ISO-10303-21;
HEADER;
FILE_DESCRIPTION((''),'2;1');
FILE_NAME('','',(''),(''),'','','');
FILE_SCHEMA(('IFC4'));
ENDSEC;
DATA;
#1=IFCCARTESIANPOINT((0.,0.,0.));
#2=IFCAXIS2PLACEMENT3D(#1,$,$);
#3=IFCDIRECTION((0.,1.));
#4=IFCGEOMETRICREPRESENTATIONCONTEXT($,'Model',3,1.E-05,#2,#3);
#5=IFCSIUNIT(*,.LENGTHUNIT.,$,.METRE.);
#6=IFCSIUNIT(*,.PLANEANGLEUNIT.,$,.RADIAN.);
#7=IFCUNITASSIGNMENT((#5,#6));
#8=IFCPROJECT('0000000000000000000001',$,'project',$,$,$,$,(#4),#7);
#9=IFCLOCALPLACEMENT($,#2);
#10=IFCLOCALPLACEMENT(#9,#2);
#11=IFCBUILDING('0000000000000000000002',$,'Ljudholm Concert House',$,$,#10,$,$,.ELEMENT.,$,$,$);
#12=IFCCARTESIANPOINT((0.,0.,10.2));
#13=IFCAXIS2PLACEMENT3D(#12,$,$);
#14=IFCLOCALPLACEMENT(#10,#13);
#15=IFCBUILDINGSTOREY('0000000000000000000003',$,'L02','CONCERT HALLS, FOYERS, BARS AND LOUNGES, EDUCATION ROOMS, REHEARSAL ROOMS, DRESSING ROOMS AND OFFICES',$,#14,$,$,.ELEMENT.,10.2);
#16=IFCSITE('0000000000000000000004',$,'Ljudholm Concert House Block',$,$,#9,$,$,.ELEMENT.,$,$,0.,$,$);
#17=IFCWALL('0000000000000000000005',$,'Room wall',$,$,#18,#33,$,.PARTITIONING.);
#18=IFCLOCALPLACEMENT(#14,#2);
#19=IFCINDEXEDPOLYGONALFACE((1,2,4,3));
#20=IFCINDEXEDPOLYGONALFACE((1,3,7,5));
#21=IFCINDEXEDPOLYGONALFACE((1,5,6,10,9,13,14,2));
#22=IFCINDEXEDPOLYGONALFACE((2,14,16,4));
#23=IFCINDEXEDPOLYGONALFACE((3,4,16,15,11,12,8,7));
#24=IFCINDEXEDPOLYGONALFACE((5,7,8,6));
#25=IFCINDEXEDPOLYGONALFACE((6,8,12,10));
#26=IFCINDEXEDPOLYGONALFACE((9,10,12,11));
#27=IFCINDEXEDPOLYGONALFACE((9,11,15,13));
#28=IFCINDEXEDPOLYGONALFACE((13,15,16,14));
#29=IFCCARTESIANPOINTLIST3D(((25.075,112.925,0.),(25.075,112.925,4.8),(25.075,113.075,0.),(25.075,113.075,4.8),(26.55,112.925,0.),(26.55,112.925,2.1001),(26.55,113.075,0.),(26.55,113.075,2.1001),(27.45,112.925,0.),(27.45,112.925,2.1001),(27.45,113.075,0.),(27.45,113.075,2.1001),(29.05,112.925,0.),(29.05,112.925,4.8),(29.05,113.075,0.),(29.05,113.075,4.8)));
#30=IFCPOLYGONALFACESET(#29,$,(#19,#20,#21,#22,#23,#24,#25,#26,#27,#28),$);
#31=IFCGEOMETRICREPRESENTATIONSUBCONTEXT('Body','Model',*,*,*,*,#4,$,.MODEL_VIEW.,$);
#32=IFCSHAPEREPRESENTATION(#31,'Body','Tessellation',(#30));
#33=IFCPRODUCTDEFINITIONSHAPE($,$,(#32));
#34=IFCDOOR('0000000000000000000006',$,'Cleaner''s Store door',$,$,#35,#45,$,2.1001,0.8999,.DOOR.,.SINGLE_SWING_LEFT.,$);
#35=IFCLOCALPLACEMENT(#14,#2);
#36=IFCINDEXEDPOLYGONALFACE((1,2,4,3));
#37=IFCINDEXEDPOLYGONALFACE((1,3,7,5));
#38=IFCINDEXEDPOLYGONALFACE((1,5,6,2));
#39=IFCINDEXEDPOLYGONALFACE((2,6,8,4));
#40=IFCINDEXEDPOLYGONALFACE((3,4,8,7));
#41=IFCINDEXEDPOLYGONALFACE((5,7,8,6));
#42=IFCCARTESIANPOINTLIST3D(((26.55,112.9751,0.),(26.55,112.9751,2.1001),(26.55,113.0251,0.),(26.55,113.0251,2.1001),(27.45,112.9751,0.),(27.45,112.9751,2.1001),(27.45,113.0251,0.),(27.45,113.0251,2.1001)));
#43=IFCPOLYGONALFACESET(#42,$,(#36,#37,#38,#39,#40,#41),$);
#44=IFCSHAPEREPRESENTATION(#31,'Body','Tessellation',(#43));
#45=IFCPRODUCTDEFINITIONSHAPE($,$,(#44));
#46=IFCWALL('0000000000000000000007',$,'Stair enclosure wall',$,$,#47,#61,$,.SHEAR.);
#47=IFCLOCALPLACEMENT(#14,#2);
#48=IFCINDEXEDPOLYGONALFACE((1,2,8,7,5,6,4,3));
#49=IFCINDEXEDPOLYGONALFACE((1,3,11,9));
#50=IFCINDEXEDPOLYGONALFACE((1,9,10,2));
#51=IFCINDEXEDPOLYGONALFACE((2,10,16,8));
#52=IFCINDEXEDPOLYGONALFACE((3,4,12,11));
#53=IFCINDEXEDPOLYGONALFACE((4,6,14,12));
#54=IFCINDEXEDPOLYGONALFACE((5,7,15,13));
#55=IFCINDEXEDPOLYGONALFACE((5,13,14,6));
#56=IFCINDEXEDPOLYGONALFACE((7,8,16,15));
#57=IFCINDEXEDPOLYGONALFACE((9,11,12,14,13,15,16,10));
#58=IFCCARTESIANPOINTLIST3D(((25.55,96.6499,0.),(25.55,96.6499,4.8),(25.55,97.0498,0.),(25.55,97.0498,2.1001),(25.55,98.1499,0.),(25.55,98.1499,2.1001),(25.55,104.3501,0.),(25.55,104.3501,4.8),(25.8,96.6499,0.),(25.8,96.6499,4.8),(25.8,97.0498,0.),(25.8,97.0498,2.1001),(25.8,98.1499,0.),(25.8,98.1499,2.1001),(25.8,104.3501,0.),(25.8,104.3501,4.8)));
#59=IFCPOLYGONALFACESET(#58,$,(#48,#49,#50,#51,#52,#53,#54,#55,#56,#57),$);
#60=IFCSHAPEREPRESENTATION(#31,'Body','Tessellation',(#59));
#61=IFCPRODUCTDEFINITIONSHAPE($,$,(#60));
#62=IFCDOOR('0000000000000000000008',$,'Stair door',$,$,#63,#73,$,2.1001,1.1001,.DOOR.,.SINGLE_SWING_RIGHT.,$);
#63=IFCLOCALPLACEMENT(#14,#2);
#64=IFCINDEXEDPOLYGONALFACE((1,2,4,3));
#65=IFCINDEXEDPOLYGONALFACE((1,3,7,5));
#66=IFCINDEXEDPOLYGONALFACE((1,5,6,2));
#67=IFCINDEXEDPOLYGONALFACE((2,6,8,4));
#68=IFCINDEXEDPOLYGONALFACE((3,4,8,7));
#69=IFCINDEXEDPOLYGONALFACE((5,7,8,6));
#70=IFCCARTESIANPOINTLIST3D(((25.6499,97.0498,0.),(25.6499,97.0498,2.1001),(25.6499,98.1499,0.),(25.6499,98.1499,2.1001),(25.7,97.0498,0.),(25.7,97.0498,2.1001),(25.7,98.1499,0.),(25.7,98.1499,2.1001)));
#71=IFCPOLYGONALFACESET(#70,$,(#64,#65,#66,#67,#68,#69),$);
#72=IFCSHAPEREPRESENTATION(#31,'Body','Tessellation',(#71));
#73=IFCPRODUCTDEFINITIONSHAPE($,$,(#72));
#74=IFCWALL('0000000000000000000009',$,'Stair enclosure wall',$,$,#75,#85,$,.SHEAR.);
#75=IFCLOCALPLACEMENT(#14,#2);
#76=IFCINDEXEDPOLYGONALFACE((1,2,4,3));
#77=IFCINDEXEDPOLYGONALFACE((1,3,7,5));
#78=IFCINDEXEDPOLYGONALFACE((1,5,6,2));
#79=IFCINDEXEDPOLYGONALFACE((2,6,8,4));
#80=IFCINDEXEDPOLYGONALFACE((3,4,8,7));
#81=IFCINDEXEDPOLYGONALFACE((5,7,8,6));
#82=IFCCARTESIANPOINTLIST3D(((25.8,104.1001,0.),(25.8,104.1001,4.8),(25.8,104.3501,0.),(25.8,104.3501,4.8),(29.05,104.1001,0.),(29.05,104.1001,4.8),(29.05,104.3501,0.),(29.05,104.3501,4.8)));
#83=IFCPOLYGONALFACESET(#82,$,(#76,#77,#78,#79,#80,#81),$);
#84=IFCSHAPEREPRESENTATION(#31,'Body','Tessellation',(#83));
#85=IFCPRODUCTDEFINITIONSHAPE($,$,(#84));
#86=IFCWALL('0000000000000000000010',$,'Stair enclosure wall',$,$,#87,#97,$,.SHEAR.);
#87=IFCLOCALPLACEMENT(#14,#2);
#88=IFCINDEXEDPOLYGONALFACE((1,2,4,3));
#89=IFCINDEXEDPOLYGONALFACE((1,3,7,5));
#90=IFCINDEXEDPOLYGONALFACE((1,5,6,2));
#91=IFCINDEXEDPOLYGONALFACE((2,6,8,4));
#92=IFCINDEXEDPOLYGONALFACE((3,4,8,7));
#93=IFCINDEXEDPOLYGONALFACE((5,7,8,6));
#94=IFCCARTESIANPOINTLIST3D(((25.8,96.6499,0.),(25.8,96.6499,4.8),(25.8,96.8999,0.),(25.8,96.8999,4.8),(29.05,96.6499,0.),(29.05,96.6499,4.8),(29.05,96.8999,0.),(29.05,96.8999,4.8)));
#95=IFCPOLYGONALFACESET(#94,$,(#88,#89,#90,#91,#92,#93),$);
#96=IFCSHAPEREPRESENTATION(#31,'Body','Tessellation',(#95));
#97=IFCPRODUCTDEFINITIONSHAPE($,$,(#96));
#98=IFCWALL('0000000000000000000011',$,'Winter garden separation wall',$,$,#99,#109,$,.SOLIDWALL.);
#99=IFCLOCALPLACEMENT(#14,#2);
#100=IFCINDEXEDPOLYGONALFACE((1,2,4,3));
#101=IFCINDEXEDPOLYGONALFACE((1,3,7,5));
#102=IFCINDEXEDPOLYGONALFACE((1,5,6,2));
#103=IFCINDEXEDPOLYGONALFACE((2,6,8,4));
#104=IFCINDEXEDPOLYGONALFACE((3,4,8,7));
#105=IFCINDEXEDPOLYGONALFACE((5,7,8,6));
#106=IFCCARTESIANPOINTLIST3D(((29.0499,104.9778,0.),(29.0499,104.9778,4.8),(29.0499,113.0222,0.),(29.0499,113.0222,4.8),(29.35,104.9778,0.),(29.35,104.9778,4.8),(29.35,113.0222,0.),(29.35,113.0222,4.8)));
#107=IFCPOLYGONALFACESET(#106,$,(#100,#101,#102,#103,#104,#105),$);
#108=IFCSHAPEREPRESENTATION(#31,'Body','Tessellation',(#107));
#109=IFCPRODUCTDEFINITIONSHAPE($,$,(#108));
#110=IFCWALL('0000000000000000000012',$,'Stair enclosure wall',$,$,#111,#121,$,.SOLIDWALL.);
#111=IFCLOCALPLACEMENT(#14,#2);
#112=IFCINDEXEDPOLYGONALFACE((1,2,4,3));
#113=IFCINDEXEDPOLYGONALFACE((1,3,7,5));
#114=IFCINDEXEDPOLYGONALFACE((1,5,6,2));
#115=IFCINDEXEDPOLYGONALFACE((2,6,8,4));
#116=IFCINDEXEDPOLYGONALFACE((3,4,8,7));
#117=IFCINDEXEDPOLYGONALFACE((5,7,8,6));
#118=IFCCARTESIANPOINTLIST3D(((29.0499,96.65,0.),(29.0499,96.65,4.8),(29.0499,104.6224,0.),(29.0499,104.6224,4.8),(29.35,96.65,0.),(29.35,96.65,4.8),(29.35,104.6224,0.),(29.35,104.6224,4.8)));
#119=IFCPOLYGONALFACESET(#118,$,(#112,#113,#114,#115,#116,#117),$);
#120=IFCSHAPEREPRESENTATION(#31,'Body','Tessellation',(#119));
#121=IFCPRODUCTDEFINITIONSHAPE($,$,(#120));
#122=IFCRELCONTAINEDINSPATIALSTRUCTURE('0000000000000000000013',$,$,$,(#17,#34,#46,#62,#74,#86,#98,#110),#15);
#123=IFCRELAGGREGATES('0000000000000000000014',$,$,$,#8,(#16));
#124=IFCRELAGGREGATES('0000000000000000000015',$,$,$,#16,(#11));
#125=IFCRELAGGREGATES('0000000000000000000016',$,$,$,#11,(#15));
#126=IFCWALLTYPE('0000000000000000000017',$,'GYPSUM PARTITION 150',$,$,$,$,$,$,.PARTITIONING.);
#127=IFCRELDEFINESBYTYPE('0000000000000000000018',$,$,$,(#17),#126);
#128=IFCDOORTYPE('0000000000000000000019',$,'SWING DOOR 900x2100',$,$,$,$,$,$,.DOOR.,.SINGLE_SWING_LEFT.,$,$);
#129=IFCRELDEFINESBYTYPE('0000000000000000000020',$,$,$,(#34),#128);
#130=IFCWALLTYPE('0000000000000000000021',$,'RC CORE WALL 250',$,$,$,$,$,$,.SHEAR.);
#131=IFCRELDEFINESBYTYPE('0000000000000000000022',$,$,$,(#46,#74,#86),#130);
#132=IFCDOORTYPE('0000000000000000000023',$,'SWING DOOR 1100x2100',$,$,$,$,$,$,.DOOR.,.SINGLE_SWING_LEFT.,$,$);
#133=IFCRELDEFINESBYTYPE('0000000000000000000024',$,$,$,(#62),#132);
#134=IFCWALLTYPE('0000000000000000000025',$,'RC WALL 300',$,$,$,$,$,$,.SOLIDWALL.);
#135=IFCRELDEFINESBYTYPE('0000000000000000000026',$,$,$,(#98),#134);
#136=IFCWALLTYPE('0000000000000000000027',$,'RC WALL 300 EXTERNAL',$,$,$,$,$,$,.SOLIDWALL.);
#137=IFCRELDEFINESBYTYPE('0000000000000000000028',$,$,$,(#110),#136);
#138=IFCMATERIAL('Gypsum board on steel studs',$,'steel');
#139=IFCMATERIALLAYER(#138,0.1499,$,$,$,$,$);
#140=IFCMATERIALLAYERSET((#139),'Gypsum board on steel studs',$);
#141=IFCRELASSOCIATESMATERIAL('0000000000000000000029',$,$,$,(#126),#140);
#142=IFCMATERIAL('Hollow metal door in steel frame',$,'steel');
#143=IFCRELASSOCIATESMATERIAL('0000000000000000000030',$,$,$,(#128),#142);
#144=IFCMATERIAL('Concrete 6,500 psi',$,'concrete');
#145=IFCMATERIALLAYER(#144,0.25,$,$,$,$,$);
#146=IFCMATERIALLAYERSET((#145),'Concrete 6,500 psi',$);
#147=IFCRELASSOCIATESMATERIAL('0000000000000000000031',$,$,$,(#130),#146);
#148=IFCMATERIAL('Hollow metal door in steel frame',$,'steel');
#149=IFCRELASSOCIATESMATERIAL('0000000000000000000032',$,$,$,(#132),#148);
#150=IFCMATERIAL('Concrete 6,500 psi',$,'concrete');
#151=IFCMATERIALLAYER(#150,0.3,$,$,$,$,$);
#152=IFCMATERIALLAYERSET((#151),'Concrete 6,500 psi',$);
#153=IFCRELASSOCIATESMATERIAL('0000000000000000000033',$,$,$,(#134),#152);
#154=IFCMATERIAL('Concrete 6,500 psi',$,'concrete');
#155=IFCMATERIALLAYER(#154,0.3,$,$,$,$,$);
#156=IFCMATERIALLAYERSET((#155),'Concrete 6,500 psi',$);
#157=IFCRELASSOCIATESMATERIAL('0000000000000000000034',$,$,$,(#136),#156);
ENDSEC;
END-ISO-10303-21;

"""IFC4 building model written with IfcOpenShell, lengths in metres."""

from ifc_helpers import new_model, si_unit, direction, frame, frame_2d, origin, place, context, subcontext, project, spatial, rectangle, extrude, material, layer, layer_set, type_object, element, fill, save


model = new_model("IFC4")

# Units and contexts
model_context = context("Model", 3, precision=1e-05, world=origin(), true_north=direction((0.0, 1.0)))
body_context = subcontext(model_context, "Body", "Model", "MODEL_VIEW")
ifc_project = project(units=[si_unit("LENGTHUNIT", "METRE"), si_unit("PLANEANGLEUNIT", "RADIAN")], contexts=[model_context])

# Site, building, storey
site_placement = place(None, origin())
site = spatial("IfcSite", under=ifc_project, at=site_placement, Name="Ljudholm Concert House Block", CompositionType="ELEMENT", RefElevation=0.0)
building_placement = place(site_placement, origin())
building = spatial("IfcBuilding", under=site, at=building_placement, Name="Ljudholm Concert House", CompositionType="ELEMENT")
storey_placement = place(building_placement, frame((0.0, 0.0, 10.2)))
storey = spatial("IfcBuildingStorey", under=building, at=storey_placement, Name="L02", Description="CONCERT HALLS, FOYERS, BARS AND LOUNGES, EDUCATION ROOMS, REHEARSAL ROOMS, DRESSING ROOMS AND OFFICES", CompositionType="ELEMENT", Elevation=10.2)

# Shared definitions
ifc_material_1 = material(Name="Gypsum board on steel studs", Category="steel")
ifc_layer_1 = layer(ifc_material_1, 0.1499)
ifc_layer_set_1 = layer_set([ifc_layer_1], Name="Gypsum board on steel studs")
wall_type_1 = type_object("IfcWallType", Name="GYPSUM PARTITION 150", PredefinedType="PARTITIONING", material=ifc_layer_set_1)
ifc_material_2 = material(Name="Hollow metal door in steel frame", Category="steel")
door_type_1 = type_object("IfcDoorType", Name="SWING DOOR 900x2100", OperationType="SINGLE_SWING_LEFT", PredefinedType="DOOR", material=ifc_material_2)

# Walls, openings, doors
wall_1_placement = place(storey_placement, frame((25.075, 113.0, 0.0), z_axis=(0.0, 0.0, 1.0), x_axis=(1.0, 0.0, 0.0)))
wall_1 = element("IfcWall", 1, at=wall_1_placement, inside=storey, type_object=wall_type_1, Name="Room wall", PredefinedType="PARTITIONING", context=body_context, shape_type="SweptSolid", body=[
    extrude(rectangle(XDim=3.9751, YDim=0.1499, at=frame_2d((1.9875, 0.0))), origin(), (0.0, 0.0, 1.0), 4.8),
])
opening_1_placement = place(wall_1_placement, frame((1.4751, 0.0, 0.0)))
opening_1 = element("IfcOpeningElement", 2, at=opening_1_placement, cuts=wall_1, PredefinedType="OPENING", context=body_context, shape_type="SweptSolid", body=[
    extrude(rectangle(XDim=0.8999, YDim=2.1001, at=frame_2d((0.45, 1.05))), frame((0.0, 0.085, 0.0), z_axis=(0.0, -1.0, 0.0), x_axis=(1.0, 0.0, 0.0)), (0.0, 0.0, 1.0), 0.1699),
])
door_1_placement = place(opening_1_placement, frame((0.8999, 0.0, 0.0), z_axis=(0.0, 0.0, 1.0), x_axis=(-1.0, 0.0, 0.0)))
door_1 = element("IfcDoor", 3, at=door_1_placement, inside=storey, type_object=door_type_1, Name="Cleaner's Store door", OperationType="SINGLE_SWING_LEFT", OverallHeight=2.1001, OverallWidth=0.8999, PredefinedType="DOOR", context=body_context, shape_type="SweptSolid", body=[
    extrude(rectangle(XDim=0.8999, YDim=2.1001, at=frame_2d((0.45, 1.05))), frame((0.0, 0.0249, 0.0), z_axis=(0.0, -1.0, 0.0), x_axis=(1.0, 0.0, 0.0)), (0.0, 0.0, 1.0), 0.05),
])
fill(opening_1, door_1)
ifc_material_3 = material(Name="Concrete 6,500 psi", Category="concrete")
ifc_layer_2 = layer(ifc_material_3, 0.25)
ifc_layer_set_2 = layer_set([ifc_layer_2], Name="Concrete 6,500 psi")
wall_type_2 = type_object("IfcWallType", Name="RC CORE WALL 250", PredefinedType="SHEAR", material=ifc_layer_set_2)
wall_2_placement = place(storey_placement, frame((25.675, 96.6499, 0.0), z_axis=(0.0, 0.0, 1.0), x_axis=(0.0, 1.0, 0.0)))
wall_2 = element("IfcWall", 4, at=wall_2_placement, inside=storey, type_object=wall_type_2, Name="Stair enclosure wall", PredefinedType="SHEAR", context=body_context, shape_type="SweptSolid", body=[
    extrude(rectangle(XDim=7.7002, YDim=0.25, at=frame_2d((3.8501, 0.0))), origin(), (0.0, 0.0, 1.0), 4.8),
])
opening_2_placement = place(wall_2_placement, frame((0.3999, 0.0, 0.0)))
opening_2 = element("IfcOpeningElement", 5, at=opening_2_placement, cuts=wall_2, PredefinedType="OPENING", context=body_context, shape_type="SweptSolid", body=[
    extrude(rectangle(XDim=1.1001, YDim=2.1001, at=frame_2d((0.55, 1.05))), frame((0.0, 0.135, 0.0), z_axis=(0.0, -1.0, 0.0), x_axis=(1.0, 0.0, 0.0)), (0.0, 0.0, 1.0), 0.27),
])
ifc_material_4 = material(Name="Hollow metal door in steel frame", Category="steel")
door_type_2 = type_object("IfcDoorType", Name="SWING DOOR 1100x2100", OperationType="SINGLE_SWING_LEFT", PredefinedType="DOOR", material=ifc_material_4)
door_2_placement = place(opening_2_placement, frame((1.1001, 0.0, 0.0), z_axis=(0.0, 0.0, 1.0), x_axis=(-1.0, 0.0, 0.0)))
door_2 = element("IfcDoor", 6, at=door_2_placement, inside=storey, type_object=door_type_2, Name="Stair door", OperationType="SINGLE_SWING_RIGHT", OverallHeight=2.1001, OverallWidth=1.1001, PredefinedType="DOOR", context=body_context, shape_type="SweptSolid", body=[
    extrude(rectangle(XDim=1.1001, YDim=2.1001, at=frame_2d((0.55, 1.05))), frame((0.0, 0.0249, 0.0), z_axis=(0.0, -1.0, 0.0), x_axis=(1.0, 0.0, 0.0)), (0.0, 0.0, 1.0), 0.05),
])
fill(opening_2, door_2)

# Walls
for number, where, z_axis, x_axis, name in (
    (7, (25.8, 104.2251, 0.0), (0.0, 0.0, 1.0), (1.0, 0.0, 0.0), "Stair enclosure wall"),
    (8, (25.8, 96.7749, 0.0), (0.0, 0.0, 1.0), (1.0, 0.0, 0.0), "Stair enclosure wall"),
):
    element("IfcWall", number, at=place(storey_placement, frame(where, z_axis=z_axis, x_axis=x_axis)), inside=storey, type_object=wall_type_2, Name=name, PredefinedType="SHEAR", context=body_context, shape_type="SweptSolid", body=[
        extrude(rectangle(XDim=3.25, YDim=0.25, at=frame_2d((1.625, 0.0))), origin(), (0.0, 0.0, 1.0), 4.8),
    ])
ifc_material_5 = material(Name="Concrete 6,500 psi", Category="concrete")
ifc_layer_3 = layer(ifc_material_5, 0.3)
ifc_layer_set_3 = layer_set([ifc_layer_3], Name="Concrete 6,500 psi")
wall_type_3 = type_object("IfcWallType", Name="RC WALL 300", PredefinedType="SOLIDWALL", material=ifc_layer_set_3)
wall_3_placement = place(storey_placement, frame((29.2, 104.9778, 0.0), z_axis=(0.0, 0.0, 1.0), x_axis=(0.0, 1.0, 0.0)))
element("IfcWall", 9, at=wall_3_placement, inside=storey, type_object=wall_type_3, Name="Winter garden separation wall", PredefinedType="SOLIDWALL", context=body_context, shape_type="SweptSolid", body=[
    extrude(rectangle(XDim=8.0444, YDim=0.3, at=frame_2d((4.0222, 0.0))), origin(), (0.0, 0.0, 1.0), 4.8),
])
ifc_material_6 = material(Name="Concrete 6,500 psi", Category="concrete")
ifc_layer_4 = layer(ifc_material_6, 0.3)
ifc_layer_set_4 = layer_set([ifc_layer_4], Name="Concrete 6,500 psi")
wall_type_4 = type_object("IfcWallType", Name="RC WALL 300 EXTERNAL", PredefinedType="SOLIDWALL", material=ifc_layer_set_4)
wall_4_placement = place(storey_placement, frame((29.2, 96.6499, 0.0), z_axis=(0.0, 0.0, 1.0), x_axis=(0.0, 1.0, 0.0)))
element("IfcWall", 10, at=wall_4_placement, inside=storey, type_object=wall_type_4, Name="Stair enclosure wall", PredefinedType="SOLIDWALL", context=body_context, shape_type="SweptSolid", body=[
    extrude(rectangle(XDim=7.9724, YDim=0.3, at=frame_2d((3.9863, 0.0))), origin(), (0.0, 0.0, 1.0), 4.8),
])

save(model, "model.ifc")
